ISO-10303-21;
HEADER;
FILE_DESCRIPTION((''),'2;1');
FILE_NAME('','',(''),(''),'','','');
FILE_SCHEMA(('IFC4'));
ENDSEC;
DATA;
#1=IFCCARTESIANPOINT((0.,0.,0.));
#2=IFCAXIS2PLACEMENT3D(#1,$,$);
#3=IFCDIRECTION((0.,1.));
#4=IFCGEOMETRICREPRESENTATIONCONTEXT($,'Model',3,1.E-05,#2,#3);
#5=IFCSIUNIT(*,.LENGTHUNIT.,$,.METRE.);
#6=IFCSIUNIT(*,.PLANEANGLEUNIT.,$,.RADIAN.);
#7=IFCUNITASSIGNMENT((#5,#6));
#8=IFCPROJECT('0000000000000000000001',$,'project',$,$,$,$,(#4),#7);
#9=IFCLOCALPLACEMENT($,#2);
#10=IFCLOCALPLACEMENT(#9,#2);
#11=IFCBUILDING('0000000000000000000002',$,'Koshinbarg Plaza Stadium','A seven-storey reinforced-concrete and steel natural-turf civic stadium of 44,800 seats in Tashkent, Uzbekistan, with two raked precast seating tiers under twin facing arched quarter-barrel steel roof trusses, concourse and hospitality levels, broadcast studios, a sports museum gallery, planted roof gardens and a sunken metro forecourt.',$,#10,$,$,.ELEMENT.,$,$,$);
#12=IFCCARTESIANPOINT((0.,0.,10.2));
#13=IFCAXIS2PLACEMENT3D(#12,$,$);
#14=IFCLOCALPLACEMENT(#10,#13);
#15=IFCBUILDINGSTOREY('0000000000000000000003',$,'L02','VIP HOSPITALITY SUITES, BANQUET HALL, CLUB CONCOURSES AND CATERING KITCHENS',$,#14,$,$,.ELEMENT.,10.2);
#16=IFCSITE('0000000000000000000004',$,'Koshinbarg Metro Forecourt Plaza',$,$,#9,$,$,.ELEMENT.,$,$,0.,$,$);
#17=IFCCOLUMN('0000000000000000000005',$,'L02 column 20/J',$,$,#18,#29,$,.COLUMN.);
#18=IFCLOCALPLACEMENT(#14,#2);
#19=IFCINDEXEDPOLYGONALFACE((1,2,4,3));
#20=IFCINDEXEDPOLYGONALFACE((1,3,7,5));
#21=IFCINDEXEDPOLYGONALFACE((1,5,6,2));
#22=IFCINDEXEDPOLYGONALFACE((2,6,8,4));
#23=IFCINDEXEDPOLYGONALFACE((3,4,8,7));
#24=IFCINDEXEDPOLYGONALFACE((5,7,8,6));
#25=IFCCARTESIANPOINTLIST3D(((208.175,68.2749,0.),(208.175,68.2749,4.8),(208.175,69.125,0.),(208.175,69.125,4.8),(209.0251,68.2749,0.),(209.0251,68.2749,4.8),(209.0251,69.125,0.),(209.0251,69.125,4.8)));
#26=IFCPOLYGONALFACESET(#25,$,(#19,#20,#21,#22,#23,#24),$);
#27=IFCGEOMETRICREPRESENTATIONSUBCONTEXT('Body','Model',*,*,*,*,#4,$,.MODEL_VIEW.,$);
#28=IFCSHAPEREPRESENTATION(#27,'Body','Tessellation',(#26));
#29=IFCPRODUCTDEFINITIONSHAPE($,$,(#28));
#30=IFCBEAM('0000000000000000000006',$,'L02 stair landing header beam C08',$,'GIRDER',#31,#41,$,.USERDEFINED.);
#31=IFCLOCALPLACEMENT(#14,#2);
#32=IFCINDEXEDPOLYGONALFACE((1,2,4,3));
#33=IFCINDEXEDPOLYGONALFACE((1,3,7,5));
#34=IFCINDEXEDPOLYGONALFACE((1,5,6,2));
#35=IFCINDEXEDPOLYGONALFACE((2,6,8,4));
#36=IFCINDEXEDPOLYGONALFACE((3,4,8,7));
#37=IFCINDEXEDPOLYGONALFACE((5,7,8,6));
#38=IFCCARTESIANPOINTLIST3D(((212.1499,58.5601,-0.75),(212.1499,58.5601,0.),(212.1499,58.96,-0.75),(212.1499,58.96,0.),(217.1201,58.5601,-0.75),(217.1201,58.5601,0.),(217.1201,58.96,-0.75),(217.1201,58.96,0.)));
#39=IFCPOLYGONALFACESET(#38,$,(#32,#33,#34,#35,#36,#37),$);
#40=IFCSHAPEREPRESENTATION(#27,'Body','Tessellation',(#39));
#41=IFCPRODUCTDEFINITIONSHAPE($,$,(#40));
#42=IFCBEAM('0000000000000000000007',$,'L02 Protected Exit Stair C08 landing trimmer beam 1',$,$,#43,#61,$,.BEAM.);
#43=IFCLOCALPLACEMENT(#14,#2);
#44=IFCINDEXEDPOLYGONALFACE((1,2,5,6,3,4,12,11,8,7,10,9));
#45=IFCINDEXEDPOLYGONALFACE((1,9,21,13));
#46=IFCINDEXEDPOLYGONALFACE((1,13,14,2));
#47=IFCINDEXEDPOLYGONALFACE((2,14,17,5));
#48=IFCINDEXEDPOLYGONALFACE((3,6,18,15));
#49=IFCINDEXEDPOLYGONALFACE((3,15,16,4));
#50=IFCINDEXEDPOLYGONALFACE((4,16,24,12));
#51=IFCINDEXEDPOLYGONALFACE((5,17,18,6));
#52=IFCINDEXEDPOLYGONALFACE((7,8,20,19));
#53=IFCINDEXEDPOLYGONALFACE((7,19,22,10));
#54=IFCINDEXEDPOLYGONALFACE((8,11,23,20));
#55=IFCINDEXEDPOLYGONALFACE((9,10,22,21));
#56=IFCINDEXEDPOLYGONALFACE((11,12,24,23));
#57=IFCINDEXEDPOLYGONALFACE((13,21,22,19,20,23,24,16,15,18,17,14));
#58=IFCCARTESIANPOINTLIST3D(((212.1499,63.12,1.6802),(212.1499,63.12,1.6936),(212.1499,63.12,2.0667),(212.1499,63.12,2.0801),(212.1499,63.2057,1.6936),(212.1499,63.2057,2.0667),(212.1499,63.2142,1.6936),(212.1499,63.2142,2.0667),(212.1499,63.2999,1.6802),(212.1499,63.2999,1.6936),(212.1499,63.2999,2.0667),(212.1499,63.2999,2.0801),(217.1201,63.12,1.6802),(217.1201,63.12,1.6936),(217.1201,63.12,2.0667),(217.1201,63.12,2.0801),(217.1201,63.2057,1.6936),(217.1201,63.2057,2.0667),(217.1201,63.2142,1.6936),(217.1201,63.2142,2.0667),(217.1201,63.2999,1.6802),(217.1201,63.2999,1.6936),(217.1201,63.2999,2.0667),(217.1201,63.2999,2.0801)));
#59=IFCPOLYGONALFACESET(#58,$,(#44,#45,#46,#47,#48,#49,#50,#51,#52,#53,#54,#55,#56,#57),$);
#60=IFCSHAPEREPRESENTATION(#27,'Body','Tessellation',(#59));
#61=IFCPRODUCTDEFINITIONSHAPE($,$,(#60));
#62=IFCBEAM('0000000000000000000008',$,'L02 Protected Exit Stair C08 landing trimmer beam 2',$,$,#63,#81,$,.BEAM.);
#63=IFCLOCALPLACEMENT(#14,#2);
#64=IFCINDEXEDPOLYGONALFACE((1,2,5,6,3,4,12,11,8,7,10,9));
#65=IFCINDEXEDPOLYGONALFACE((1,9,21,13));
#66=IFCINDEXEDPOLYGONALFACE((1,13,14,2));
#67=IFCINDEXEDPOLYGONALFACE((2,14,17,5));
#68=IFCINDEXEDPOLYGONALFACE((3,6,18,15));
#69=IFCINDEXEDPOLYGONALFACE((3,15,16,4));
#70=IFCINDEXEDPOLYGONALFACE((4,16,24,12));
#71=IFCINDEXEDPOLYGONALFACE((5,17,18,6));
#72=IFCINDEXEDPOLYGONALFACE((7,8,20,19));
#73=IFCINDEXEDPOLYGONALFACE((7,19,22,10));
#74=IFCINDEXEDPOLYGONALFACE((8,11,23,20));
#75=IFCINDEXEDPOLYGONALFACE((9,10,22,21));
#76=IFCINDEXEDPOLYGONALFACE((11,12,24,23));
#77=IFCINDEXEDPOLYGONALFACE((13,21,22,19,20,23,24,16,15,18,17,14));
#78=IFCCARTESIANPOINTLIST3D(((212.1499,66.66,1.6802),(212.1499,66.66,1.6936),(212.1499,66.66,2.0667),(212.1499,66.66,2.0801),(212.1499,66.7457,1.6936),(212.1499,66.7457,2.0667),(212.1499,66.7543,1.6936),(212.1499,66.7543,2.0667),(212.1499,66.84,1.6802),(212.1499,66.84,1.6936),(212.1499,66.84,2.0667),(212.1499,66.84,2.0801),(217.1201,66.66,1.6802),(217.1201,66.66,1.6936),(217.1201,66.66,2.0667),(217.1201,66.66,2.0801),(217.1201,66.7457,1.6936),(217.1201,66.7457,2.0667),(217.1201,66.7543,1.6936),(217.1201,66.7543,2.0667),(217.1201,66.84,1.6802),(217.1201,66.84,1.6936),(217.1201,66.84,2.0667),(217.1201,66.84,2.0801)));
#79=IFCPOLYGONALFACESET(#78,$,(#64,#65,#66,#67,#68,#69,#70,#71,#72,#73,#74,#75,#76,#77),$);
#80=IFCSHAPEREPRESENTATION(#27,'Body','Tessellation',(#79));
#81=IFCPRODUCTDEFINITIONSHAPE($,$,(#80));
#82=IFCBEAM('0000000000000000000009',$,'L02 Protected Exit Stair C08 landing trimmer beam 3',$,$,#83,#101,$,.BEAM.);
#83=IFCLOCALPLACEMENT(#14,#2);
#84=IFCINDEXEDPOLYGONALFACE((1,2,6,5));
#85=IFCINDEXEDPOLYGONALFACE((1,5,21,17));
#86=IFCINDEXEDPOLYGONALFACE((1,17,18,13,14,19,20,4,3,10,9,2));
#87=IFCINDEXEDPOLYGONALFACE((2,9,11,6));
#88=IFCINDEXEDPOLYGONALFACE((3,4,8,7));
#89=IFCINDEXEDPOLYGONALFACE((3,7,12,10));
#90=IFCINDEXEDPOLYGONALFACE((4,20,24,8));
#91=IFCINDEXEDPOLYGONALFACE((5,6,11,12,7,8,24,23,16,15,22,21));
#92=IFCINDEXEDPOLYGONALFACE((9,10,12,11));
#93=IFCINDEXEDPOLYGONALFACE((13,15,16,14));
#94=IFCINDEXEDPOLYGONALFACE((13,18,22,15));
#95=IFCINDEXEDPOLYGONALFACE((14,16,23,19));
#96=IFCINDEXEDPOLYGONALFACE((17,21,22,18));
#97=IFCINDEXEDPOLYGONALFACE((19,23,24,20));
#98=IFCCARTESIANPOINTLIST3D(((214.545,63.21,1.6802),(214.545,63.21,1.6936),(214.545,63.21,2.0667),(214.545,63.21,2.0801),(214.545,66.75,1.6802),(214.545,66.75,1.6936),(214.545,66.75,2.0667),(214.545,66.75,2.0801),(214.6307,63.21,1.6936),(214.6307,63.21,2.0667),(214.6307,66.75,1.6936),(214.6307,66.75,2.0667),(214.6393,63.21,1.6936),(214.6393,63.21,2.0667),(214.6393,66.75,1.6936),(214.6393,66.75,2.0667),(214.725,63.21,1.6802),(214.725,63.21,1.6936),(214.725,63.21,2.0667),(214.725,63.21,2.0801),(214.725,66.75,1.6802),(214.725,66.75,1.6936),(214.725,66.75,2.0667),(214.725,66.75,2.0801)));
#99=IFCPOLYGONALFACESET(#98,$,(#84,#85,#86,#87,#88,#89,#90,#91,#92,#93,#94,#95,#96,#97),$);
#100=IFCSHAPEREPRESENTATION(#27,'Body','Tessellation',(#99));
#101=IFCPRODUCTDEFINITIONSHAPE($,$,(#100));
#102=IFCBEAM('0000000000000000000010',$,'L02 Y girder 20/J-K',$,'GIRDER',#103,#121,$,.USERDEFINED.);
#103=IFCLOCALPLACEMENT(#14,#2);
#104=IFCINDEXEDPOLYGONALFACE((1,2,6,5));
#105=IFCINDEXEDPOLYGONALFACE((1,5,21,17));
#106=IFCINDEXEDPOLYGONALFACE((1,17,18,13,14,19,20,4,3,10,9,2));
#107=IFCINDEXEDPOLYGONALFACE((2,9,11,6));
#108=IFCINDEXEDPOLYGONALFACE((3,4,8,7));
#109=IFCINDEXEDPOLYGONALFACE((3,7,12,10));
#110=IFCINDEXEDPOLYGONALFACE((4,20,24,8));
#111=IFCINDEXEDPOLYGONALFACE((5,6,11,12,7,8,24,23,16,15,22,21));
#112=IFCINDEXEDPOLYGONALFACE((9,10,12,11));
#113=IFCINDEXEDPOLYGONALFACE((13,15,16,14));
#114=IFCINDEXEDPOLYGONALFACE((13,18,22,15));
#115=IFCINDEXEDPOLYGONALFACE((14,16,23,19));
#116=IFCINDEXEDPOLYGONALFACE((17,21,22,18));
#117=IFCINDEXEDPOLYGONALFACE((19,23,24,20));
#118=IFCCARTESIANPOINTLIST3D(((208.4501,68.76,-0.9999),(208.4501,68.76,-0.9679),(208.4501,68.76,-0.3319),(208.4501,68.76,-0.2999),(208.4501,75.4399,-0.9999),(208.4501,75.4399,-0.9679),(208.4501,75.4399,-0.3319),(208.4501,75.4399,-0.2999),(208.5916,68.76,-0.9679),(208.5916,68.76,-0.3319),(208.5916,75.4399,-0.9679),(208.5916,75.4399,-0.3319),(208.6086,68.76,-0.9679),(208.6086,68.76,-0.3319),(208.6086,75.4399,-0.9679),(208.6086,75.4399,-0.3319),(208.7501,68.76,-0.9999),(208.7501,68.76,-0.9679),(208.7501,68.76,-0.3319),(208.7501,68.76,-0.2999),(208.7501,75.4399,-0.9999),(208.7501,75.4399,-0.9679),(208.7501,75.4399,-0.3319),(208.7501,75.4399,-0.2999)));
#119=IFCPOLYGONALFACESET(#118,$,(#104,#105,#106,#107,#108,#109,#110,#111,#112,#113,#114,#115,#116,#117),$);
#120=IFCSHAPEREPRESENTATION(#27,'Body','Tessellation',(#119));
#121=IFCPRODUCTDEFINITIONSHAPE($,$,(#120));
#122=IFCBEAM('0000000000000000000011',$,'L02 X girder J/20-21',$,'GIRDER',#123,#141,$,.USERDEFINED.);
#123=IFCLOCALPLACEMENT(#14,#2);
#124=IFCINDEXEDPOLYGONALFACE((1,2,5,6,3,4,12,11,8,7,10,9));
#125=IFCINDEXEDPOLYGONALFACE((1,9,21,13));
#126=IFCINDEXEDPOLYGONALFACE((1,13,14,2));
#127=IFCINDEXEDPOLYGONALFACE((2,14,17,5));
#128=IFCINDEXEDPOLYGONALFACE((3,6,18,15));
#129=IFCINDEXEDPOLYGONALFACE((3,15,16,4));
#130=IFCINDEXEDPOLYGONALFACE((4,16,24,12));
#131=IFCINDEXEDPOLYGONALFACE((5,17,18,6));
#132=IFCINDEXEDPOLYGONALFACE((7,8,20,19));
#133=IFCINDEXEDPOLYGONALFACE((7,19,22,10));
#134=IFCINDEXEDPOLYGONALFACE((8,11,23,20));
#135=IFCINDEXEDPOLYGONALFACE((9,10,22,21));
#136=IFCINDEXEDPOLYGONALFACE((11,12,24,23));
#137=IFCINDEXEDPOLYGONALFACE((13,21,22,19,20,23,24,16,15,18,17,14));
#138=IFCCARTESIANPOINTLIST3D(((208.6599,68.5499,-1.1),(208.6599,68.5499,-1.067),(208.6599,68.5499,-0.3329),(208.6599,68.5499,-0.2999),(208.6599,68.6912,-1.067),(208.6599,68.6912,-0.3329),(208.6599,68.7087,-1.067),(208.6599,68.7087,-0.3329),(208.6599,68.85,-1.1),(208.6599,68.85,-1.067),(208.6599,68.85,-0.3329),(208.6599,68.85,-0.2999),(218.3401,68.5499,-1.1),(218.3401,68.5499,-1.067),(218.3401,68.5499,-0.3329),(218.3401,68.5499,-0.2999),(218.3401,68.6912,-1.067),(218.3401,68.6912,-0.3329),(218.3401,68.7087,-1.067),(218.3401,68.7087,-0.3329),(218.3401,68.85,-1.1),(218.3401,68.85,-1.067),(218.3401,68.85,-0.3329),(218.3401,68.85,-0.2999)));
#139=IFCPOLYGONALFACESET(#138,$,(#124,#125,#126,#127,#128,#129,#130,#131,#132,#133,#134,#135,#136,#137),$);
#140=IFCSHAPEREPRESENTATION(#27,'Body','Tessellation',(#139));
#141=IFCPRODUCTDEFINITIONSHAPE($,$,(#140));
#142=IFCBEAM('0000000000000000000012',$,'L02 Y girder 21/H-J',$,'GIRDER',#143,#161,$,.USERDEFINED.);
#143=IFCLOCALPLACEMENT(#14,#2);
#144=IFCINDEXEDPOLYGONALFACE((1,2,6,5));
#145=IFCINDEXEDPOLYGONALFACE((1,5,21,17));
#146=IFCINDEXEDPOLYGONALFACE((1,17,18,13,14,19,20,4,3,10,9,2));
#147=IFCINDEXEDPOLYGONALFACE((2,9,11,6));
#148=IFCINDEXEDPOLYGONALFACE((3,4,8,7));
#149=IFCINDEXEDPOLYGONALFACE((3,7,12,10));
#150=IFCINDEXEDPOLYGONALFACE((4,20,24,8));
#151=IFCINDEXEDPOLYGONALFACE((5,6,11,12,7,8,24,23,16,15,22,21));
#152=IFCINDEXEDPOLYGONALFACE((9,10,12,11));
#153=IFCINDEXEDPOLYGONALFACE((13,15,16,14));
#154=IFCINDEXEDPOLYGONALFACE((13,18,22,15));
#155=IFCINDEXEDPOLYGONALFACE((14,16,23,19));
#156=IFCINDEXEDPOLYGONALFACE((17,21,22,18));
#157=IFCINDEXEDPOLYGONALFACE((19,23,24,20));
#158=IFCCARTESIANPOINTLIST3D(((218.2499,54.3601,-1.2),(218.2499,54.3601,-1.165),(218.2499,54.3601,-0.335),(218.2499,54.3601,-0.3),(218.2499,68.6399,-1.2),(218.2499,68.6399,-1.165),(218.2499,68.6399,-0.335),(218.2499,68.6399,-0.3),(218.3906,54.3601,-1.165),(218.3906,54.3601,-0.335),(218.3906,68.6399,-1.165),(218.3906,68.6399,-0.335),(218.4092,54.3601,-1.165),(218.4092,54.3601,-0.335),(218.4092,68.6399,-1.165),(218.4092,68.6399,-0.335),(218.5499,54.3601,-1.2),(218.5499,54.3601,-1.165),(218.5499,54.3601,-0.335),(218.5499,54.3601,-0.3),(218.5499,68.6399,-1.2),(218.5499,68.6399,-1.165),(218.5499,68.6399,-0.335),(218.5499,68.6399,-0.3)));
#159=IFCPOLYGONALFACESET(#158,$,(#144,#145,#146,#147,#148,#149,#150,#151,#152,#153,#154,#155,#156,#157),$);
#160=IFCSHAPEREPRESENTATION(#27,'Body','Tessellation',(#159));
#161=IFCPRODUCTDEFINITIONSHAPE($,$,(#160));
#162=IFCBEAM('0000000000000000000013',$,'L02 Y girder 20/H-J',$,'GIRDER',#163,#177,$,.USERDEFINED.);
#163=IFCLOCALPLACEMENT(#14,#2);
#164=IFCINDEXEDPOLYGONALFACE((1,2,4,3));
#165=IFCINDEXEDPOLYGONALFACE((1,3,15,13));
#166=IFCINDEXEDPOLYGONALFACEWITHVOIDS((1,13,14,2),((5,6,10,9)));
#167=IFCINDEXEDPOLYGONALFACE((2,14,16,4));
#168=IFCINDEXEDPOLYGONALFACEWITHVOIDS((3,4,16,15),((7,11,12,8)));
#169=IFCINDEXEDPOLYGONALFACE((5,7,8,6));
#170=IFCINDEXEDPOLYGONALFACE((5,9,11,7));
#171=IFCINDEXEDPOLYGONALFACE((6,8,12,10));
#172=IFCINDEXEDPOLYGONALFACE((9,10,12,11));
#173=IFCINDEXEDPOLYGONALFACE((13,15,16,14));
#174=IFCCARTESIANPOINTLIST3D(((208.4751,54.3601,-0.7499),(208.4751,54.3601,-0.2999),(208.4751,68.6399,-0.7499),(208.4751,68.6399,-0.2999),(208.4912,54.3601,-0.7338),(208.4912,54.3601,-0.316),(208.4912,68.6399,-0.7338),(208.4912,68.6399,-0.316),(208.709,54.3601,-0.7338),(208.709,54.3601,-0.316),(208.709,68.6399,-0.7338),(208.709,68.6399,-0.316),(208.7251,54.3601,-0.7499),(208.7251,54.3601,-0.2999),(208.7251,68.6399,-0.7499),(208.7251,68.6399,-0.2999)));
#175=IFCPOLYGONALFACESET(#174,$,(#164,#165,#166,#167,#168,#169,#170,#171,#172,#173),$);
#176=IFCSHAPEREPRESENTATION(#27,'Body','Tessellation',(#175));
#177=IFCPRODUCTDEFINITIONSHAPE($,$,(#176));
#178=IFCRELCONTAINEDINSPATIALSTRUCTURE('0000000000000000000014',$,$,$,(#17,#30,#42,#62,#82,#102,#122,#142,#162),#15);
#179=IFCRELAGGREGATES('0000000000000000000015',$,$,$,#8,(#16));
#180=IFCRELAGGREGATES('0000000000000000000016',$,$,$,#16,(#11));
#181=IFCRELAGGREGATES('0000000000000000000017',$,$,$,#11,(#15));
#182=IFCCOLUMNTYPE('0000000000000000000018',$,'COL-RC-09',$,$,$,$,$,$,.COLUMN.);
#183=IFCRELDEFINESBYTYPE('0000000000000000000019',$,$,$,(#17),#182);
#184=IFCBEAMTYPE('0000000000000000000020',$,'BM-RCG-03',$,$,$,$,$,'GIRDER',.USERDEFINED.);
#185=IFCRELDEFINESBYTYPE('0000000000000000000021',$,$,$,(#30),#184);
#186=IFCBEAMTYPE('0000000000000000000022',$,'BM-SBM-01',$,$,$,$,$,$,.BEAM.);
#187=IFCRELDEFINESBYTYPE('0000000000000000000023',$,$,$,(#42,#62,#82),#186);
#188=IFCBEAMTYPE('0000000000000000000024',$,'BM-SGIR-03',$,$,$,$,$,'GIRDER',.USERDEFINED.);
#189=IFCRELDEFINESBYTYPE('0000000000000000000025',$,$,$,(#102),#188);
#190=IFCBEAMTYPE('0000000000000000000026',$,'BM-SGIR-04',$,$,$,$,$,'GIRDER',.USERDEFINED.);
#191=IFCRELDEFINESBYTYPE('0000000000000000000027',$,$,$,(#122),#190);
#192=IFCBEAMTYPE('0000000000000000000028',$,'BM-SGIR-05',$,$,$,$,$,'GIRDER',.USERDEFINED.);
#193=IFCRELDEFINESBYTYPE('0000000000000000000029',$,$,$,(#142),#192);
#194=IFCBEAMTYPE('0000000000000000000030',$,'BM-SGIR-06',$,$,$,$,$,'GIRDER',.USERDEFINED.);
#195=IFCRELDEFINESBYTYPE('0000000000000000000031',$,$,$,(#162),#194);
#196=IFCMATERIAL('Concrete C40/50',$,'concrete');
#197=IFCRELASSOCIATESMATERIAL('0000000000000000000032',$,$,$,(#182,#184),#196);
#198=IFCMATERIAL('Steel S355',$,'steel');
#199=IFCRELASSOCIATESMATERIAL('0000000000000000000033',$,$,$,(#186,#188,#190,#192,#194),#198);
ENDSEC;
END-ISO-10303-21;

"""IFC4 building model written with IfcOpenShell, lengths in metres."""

from ifc_helpers import new_model, si_unit, direction, frame, origin, origin_2d, place, context, subcontext, project, spatial, rectangle, hollow_rectangle, i_section, extrude, material, material_profile, profile_set, type_object, element, save


model = new_model("IFC4")

# Units and contexts
model_context = context("Model", 3, precision=1e-05, world=origin(), true_north=direction((0.0, 1.0)))
body_context = subcontext(model_context, "Body", "Model", "MODEL_VIEW")
ifc_project = project(units=[si_unit("LENGTHUNIT", "METRE"), si_unit("PLANEANGLEUNIT", "RADIAN")], contexts=[model_context])

# Site, building, storey
site_placement = place(None, origin())
site = spatial("IfcSite", under=ifc_project, at=site_placement, Name="Koshinbarg Metro Forecourt Plaza", CompositionType="ELEMENT", RefElevation=0.0)
building_placement = place(site_placement, origin())
building = spatial("IfcBuilding", under=site, at=building_placement, Name="Koshinbarg Plaza Stadium", Description="A seven-storey reinforced-concrete and steel natural-turf civic stadium of 44,800 seats in Tashkent, Uzbekistan, with two raked precast seating tiers under twin facing arched quarter-barrel steel roof trusses, concourse and hospitality levels, broadcast studios, a sports museum gallery, planted roof gardens and a sunken metro forecourt.", CompositionType="ELEMENT")
storey_placement = place(building_placement, frame((0.0, 0.0, 10.2)))
storey = spatial("IfcBuildingStorey", under=building, at=storey_placement, Name="L02", Description="VIP HOSPITALITY SUITES, BANQUET HALL, CLUB CONCOURSES AND CATERING KITCHENS", CompositionType="ELEMENT", Elevation=10.2)

# Column
ifc_material_1 = material(Name="Concrete C40/50", Category="concrete")
ifc_material_profile_1 = material_profile(ifc_material_1, rectangle(XDim=0.8501, YDim=0.8501, at=origin_2d()), Name="RC 850x850")
ifc_profile_set_1 = profile_set([ifc_material_profile_1], Name="Concrete C40/50")
column_type = type_object("IfcColumnType", Name="COL-RC-09", PredefinedType="COLUMN", material=ifc_profile_set_1)
column_placement = place(storey_placement, frame((208.6001, 68.7, 0.0), z_axis=(0.0, 0.0, 1.0), x_axis=(1.0, 0.0, 0.0)))
element("IfcColumn", 1, at=column_placement, inside=storey, type_object=column_type, Name="L02 column 20/J", PredefinedType="COLUMN", context=body_context, shape_type="SweptSolid", body=[
    extrude(rectangle(XDim=0.8501, YDim=0.8501, at=origin_2d()), origin(), (0.0, 0.0, 1.0), 4.8),
])

# Beams
ifc_material_profile_2 = material_profile(ifc_material_1, rectangle(XDim=0.3999, YDim=0.75, at=origin_2d()), Name="RC 400x750")
ifc_profile_set_2 = profile_set([ifc_material_profile_2], Name="Concrete C40/50")
beam_type_1 = type_object("IfcBeamType", Name="BM-RCG-03", ElementType="GIRDER", PredefinedType="USERDEFINED", material=ifc_profile_set_2)
beam_1_placement = place(storey_placement, frame((212.1499, 58.76, -0.375), z_axis=(1.0, 0.0, 0.0), x_axis=(0.0, 1.0, 0.0)))
element("IfcBeam", 2, at=beam_1_placement, inside=storey, type_object=beam_type_1, Name="L02 stair landing header beam C08", ObjectType="GIRDER", PredefinedType="USERDEFINED", context=body_context, shape_type="SweptSolid", body=[
    extrude(rectangle(XDim=0.3999, YDim=0.75, at=origin_2d()), origin(), (0.0, 0.0, 1.0), 4.9702),
])
ifc_material_2 = material(Name="Steel S355", Category="steel")
ifc_material_profile_3 = material_profile(ifc_material_2, i_section(OverallWidth=0.1799, OverallDepth=0.3999, WebThickness=0.0085, FlangeThickness=0.0134, at=origin_2d()), Name="IPE 400")
ifc_profile_set_3 = profile_set([ifc_material_profile_3], Name="Steel S355")
beam_type_2 = type_object("IfcBeamType", Name="BM-SBM-01", PredefinedType="BEAM", material=ifc_profile_set_3)
for number, where, z_axis, x_axis, name in (
    (3, (212.1499, 63.21, 1.8801), (1.0, 0.0, 0.0), (0.0, 1.0, 0.0), "L02 Protected Exit Stair C08 landing trimmer beam 1"),
    (4, (212.1499, 66.75, 1.8801), (1.0, 0.0, 0.0), (0.0, 1.0, 0.0), "L02 Protected Exit Stair C08 landing trimmer beam 2"),
):
    element("IfcBeam", number, at=place(storey_placement, frame(where, z_axis=z_axis, x_axis=x_axis)), inside=storey, type_object=beam_type_2, Name=name, PredefinedType="BEAM", context=body_context, shape_type="SweptSolid", body=[
        extrude(i_section(OverallWidth=0.1799, OverallDepth=0.3999, WebThickness=0.0085, FlangeThickness=0.0134, at=origin_2d()), origin(), (0.0, 0.0, 1.0), 4.9702),
    ])
beam_2_placement = place(storey_placement, frame((214.635, 63.21, 1.8801), z_axis=(0.0, 1.0, 0.0), x_axis=(-1.0, 0.0, 0.0)))
element("IfcBeam", 5, at=beam_2_placement, inside=storey, type_object=beam_type_2, Name="L02 Protected Exit Stair C08 landing trimmer beam 3", PredefinedType="BEAM", context=body_context, shape_type="SweptSolid", body=[
    extrude(i_section(OverallWidth=0.1799, OverallDepth=0.3999, WebThickness=0.0085, FlangeThickness=0.0134, at=origin_2d()), origin(), (0.0, 0.0, 1.0), 3.54),
])
ifc_material_profile_4 = material_profile(ifc_material_2, i_section(OverallWidth=0.3, OverallDepth=0.7, WebThickness=0.0171, FlangeThickness=0.032, at=origin_2d()), Name="HEB 700")
ifc_profile_set_4 = profile_set([ifc_material_profile_4], Name="Steel S355")
beam_type_3 = type_object("IfcBeamType", Name="BM-SGIR-03", ElementType="GIRDER", PredefinedType="USERDEFINED", material=ifc_profile_set_4)
beam_3_placement = place(storey_placement, frame((208.6001, 68.76, -0.6499), z_axis=(0.0, 1.0, 0.0), x_axis=(-1.0, 0.0, 0.0)))
element("IfcBeam", 6, at=beam_3_placement, inside=storey, type_object=beam_type_3, Name="L02 Y girder 20/J-K", ObjectType="GIRDER", PredefinedType="USERDEFINED", context=body_context, shape_type="SweptSolid", body=[
    extrude(i_section(OverallWidth=0.3, OverallDepth=0.7, WebThickness=0.0171, FlangeThickness=0.032, at=origin_2d()), origin(), (0.0, 0.0, 1.0), 6.6799),
])
ifc_material_profile_5 = material_profile(ifc_material_2, i_section(OverallWidth=0.3, OverallDepth=0.8, WebThickness=0.0176, FlangeThickness=0.033, at=origin_2d()), Name="HEB 800")
ifc_profile_set_5 = profile_set([ifc_material_profile_5], Name="Steel S355")
beam_type_4 = type_object("IfcBeamType", Name="BM-SGIR-04", ElementType="GIRDER", PredefinedType="USERDEFINED", material=ifc_profile_set_5)
beam_4_placement = place(storey_placement, frame((208.6599, 68.7, -0.7), z_axis=(1.0, 0.0, 0.0), x_axis=(0.0, 1.0, 0.0)))
element("IfcBeam", 7, at=beam_4_placement, inside=storey, type_object=beam_type_4, Name="L02 X girder J/20-21", ObjectType="GIRDER", PredefinedType="USERDEFINED", context=body_context, shape_type="SweptSolid", body=[
    extrude(i_section(OverallWidth=0.3, OverallDepth=0.8, WebThickness=0.0176, FlangeThickness=0.033, at=origin_2d()), origin(), (0.0, 0.0, 1.0), 9.6802),
])
ifc_material_profile_6 = material_profile(ifc_material_2, i_section(OverallWidth=0.3, OverallDepth=0.8999, WebThickness=0.0186, FlangeThickness=0.0349, at=origin_2d()), Name="HEB 900")
ifc_profile_set_6 = profile_set([ifc_material_profile_6], Name="Steel S355")
beam_type_5 = type_object("IfcBeamType", Name="BM-SGIR-05", ElementType="GIRDER", PredefinedType="USERDEFINED", material=ifc_profile_set_6)
beam_5_placement = place(storey_placement, frame((218.3999, 54.3601, -0.75), z_axis=(0.0, 1.0, 0.0), x_axis=(-1.0, 0.0, 0.0)))
element("IfcBeam", 8, at=beam_5_placement, inside=storey, type_object=beam_type_5, Name="L02 Y girder 21/H-J", ObjectType="GIRDER", PredefinedType="USERDEFINED", context=body_context, shape_type="SweptSolid", body=[
    extrude(i_section(OverallWidth=0.3, OverallDepth=0.8999, WebThickness=0.0186, FlangeThickness=0.0349, at=origin_2d()), origin(), (0.0, 0.0, 1.0), 14.2798),
])
ifc_material_profile_7 = material_profile(ifc_material_2, hollow_rectangle(XDim=0.25, YDim=0.45, WallThickness=0.0161, at=origin_2d()), Name="RHS 450x250x16")
ifc_profile_set_7 = profile_set([ifc_material_profile_7], Name="Steel S355")
beam_type_6 = type_object("IfcBeamType", Name="BM-SGIR-06", ElementType="GIRDER", PredefinedType="USERDEFINED", material=ifc_profile_set_7)
beam_6_placement = place(storey_placement, frame((208.6001, 54.3601, -0.5249), z_axis=(0.0, 1.0, 0.0), x_axis=(-1.0, 0.0, 0.0)))
element("IfcBeam", 9, at=beam_6_placement, inside=storey, type_object=beam_type_6, Name="L02 Y girder 20/H-J", ObjectType="GIRDER", PredefinedType="USERDEFINED", context=body_context, shape_type="SweptSolid", body=[
    extrude(hollow_rectangle(XDim=0.25, YDim=0.45, WallThickness=0.0161, at=origin_2d()), origin(), (0.0, 0.0, 1.0), 14.2798),
])

save(model, "model.ifc")
